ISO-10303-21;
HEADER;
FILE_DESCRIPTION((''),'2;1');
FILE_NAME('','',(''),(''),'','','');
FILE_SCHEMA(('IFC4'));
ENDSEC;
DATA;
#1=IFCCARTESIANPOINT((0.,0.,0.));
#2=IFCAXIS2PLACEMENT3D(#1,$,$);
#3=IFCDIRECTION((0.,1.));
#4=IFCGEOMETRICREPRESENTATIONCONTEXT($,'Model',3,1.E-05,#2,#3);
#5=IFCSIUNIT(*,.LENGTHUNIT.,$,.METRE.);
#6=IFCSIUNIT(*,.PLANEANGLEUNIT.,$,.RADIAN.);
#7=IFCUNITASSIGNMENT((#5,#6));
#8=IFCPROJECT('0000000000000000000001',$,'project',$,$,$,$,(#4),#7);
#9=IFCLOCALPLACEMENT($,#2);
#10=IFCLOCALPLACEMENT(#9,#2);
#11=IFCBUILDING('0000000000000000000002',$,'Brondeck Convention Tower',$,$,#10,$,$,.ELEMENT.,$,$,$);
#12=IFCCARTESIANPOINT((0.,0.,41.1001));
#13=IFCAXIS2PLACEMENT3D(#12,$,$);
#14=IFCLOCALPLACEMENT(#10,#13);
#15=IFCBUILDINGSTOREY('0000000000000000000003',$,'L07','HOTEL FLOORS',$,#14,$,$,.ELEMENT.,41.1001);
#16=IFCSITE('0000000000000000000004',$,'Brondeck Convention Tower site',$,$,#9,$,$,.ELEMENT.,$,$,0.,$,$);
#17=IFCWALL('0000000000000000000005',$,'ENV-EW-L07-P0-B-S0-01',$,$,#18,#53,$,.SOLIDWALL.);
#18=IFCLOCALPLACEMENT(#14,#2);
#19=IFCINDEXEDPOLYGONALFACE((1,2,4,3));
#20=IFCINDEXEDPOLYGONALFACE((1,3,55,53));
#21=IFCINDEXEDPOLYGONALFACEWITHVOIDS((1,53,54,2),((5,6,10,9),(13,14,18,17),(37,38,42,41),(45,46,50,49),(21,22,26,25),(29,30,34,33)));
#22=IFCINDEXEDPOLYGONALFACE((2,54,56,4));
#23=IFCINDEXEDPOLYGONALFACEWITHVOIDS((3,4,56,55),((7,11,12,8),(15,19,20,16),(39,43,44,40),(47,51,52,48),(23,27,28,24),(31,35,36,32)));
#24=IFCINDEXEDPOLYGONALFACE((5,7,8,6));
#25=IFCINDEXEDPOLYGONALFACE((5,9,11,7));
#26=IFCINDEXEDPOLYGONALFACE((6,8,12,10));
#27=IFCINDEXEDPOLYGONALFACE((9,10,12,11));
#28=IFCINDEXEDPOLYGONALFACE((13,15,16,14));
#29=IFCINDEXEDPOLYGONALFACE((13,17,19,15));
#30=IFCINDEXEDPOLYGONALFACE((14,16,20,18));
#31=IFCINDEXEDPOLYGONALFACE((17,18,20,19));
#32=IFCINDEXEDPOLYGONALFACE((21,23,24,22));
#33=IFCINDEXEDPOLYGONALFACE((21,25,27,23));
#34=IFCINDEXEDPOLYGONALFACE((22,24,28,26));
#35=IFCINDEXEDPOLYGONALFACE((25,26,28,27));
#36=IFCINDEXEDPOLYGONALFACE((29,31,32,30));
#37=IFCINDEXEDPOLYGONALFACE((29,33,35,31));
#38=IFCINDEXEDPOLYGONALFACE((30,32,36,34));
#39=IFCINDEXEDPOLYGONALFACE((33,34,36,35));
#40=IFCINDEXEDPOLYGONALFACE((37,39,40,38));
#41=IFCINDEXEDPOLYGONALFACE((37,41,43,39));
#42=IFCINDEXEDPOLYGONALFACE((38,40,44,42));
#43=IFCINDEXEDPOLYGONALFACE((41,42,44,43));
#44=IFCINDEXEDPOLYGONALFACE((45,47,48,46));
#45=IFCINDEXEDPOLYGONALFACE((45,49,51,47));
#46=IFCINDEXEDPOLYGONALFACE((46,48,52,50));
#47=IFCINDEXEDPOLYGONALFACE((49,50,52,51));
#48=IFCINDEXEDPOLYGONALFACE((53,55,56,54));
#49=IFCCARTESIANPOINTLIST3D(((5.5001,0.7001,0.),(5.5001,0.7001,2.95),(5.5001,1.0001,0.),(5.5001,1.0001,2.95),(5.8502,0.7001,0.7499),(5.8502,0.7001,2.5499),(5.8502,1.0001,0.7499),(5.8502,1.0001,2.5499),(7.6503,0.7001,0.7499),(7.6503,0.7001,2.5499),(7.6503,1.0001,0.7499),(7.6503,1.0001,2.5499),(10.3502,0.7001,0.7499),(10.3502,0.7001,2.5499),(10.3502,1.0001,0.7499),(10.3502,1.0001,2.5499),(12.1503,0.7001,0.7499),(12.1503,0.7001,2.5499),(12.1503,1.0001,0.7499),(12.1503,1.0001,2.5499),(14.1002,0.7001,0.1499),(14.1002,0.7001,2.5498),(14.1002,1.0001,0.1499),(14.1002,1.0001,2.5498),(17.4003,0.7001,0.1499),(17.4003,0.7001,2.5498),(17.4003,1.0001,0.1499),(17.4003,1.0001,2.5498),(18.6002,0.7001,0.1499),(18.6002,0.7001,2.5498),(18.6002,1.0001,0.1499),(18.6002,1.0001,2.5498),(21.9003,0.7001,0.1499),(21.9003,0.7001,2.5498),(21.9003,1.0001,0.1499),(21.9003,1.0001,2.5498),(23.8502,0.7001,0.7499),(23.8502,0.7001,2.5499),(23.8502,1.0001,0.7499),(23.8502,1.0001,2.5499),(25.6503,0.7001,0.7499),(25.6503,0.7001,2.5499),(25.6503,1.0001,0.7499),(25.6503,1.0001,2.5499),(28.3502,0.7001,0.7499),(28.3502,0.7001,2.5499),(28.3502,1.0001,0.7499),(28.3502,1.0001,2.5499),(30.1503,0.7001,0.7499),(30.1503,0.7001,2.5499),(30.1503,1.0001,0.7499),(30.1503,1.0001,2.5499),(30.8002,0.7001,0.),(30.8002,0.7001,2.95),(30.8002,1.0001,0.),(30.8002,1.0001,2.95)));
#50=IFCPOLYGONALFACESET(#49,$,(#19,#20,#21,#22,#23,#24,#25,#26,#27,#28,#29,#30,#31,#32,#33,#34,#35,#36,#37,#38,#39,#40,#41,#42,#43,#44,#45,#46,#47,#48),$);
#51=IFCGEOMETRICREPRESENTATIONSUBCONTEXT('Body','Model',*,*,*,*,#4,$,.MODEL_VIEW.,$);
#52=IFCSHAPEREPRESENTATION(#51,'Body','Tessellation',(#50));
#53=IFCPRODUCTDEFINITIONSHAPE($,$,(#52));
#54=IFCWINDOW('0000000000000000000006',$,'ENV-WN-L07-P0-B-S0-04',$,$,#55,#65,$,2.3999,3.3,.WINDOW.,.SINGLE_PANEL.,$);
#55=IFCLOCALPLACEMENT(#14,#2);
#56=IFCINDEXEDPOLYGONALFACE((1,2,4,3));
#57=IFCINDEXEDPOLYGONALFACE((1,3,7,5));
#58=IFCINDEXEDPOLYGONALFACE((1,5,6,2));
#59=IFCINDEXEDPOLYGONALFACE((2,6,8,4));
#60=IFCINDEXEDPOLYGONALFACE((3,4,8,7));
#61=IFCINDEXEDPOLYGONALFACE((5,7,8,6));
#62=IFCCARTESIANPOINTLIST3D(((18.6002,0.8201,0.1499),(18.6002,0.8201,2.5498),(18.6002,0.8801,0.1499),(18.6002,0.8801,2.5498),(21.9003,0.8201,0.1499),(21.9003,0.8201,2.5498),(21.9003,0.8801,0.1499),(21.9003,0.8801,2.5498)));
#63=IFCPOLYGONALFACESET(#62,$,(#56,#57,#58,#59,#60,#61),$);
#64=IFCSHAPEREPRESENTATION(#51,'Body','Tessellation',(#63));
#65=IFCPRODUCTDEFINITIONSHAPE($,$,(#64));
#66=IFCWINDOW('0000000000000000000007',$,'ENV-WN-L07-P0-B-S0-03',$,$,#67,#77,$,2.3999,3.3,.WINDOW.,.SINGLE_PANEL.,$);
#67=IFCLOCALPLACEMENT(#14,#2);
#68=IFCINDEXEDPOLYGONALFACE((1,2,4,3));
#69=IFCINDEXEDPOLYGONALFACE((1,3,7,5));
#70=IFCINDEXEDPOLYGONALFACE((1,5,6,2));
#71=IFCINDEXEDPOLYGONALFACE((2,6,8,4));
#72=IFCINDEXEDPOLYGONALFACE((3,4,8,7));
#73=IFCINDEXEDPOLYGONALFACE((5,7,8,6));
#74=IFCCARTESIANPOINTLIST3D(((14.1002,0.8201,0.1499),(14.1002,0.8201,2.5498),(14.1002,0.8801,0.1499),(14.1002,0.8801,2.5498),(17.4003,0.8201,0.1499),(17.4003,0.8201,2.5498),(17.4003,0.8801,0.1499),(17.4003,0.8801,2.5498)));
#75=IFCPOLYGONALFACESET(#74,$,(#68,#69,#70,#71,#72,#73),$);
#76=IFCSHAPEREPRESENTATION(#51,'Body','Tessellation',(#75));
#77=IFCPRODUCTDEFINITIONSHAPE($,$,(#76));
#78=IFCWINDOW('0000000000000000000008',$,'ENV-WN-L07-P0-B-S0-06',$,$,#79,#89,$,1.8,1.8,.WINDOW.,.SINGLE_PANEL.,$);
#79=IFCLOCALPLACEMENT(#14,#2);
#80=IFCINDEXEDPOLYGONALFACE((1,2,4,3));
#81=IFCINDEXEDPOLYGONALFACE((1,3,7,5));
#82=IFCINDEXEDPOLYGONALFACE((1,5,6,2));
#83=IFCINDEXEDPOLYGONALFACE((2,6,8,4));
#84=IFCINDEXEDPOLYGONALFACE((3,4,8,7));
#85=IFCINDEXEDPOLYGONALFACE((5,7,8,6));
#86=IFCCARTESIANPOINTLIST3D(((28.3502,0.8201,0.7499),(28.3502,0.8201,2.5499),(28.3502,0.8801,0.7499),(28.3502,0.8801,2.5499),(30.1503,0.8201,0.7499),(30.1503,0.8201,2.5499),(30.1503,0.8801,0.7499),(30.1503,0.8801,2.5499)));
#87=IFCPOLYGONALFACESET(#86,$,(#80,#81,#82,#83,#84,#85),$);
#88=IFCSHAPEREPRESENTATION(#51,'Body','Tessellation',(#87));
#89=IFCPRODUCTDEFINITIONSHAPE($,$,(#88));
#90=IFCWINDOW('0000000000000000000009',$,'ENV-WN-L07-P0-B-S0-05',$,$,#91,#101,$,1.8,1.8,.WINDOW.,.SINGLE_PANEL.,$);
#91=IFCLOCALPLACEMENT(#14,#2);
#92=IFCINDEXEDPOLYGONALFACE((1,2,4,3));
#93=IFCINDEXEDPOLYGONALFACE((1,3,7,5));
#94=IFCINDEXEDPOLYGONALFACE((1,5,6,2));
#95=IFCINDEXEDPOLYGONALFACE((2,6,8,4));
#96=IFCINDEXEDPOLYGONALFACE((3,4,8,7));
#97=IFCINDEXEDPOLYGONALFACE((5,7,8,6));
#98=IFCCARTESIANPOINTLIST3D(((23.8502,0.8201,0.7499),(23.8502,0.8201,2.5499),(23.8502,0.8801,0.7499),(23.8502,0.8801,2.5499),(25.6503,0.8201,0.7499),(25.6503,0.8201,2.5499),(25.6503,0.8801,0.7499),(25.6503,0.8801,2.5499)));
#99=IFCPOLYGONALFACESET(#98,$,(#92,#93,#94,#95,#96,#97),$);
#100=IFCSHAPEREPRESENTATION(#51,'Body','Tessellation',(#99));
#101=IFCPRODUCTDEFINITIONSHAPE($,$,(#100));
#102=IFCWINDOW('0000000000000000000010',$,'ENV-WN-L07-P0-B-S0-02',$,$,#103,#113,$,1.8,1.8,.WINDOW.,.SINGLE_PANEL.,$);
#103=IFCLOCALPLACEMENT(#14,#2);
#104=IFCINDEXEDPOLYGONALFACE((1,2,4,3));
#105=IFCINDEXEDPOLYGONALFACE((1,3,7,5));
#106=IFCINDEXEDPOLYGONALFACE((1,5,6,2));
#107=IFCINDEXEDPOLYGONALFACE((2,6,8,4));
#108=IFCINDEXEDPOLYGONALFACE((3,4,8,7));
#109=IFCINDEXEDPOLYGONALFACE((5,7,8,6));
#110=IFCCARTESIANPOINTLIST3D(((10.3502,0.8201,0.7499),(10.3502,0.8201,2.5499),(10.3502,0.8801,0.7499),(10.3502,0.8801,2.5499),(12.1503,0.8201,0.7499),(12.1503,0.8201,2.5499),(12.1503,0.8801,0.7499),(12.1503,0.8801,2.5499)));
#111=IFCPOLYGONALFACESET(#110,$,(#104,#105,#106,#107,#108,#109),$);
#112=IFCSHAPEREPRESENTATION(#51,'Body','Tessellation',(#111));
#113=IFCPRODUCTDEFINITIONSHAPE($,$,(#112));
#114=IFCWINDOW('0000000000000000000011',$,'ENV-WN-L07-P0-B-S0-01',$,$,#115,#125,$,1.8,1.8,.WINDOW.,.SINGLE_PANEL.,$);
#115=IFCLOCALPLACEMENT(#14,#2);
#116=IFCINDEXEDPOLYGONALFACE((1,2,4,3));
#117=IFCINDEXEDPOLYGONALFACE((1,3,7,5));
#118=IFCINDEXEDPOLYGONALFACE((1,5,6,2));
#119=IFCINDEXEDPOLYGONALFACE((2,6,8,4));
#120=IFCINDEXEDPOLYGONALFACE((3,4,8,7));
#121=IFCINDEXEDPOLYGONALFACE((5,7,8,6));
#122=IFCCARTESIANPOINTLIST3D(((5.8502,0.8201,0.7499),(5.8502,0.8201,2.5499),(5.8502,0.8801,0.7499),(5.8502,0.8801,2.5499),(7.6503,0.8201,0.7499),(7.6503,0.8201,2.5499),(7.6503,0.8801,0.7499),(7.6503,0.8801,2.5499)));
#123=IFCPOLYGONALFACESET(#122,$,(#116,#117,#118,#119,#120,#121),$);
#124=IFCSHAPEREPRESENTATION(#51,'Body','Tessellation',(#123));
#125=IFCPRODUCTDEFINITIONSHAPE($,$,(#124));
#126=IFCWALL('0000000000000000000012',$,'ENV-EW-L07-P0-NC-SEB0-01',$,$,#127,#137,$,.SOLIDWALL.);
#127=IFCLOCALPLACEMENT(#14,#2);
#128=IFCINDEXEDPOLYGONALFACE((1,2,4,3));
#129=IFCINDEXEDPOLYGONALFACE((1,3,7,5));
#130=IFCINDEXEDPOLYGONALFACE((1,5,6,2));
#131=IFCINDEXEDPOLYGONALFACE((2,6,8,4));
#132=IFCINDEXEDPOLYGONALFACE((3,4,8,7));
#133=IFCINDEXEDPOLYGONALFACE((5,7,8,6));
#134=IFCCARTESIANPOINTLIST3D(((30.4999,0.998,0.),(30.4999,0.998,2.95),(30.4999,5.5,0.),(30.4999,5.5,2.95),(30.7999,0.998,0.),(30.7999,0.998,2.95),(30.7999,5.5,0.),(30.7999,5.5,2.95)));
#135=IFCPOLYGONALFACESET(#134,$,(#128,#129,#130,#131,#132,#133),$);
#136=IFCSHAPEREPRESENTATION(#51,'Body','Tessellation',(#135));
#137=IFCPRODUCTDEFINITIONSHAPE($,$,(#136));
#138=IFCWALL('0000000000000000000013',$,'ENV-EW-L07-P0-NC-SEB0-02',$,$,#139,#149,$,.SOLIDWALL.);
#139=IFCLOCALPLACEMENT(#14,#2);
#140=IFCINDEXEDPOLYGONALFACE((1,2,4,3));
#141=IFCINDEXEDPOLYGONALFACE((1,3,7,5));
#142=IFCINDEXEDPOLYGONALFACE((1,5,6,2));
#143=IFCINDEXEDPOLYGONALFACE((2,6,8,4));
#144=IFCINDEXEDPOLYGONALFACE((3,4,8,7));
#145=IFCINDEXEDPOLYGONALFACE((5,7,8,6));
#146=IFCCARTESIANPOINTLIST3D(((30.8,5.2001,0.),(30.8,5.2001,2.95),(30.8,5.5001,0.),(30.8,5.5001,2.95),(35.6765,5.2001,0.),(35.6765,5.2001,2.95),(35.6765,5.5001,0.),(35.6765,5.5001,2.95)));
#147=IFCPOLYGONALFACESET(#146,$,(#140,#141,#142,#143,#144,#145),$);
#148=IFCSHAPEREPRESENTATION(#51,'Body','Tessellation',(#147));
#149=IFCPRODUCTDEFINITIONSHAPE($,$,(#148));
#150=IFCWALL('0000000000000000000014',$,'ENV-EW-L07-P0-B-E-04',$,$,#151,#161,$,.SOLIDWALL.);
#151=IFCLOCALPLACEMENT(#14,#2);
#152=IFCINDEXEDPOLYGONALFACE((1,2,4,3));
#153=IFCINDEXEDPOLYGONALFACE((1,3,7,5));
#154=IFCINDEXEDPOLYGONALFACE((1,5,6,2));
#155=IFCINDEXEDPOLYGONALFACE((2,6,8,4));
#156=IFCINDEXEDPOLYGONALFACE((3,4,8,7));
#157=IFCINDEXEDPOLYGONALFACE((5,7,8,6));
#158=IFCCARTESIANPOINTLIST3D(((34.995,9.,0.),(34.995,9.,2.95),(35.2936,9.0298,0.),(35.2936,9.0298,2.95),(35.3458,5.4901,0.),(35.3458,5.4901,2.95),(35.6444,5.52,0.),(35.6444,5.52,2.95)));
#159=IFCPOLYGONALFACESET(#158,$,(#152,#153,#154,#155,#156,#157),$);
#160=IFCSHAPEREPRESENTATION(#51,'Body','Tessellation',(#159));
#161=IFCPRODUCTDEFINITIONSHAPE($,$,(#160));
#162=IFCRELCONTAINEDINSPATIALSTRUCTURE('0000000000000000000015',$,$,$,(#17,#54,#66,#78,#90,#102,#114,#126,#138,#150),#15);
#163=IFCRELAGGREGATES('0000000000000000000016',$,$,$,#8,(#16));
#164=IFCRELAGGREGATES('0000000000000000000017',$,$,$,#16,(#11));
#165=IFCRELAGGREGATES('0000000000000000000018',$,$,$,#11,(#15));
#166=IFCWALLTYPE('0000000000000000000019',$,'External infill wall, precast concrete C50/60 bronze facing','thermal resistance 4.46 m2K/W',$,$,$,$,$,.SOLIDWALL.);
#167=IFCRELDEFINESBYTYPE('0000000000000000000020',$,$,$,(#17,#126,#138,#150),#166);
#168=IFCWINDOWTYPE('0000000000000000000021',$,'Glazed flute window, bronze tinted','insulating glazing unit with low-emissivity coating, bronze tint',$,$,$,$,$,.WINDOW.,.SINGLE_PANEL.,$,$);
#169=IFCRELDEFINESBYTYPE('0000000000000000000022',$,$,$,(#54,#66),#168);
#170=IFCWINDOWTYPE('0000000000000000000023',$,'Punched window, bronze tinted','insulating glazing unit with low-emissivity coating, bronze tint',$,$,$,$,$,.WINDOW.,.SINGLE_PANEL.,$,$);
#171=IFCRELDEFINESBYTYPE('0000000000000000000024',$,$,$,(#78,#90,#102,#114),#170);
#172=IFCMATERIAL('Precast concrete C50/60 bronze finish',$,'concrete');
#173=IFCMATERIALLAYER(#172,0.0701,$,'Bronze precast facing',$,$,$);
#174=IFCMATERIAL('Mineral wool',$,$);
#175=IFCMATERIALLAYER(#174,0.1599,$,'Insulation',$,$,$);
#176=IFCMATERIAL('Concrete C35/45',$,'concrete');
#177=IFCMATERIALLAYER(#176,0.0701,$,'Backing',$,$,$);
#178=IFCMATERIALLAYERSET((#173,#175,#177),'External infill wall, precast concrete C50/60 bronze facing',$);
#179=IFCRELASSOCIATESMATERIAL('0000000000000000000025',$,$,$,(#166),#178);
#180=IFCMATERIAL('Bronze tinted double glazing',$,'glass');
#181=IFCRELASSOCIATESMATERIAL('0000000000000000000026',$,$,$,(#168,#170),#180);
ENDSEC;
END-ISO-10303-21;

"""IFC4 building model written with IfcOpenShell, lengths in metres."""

from ifc_helpers import new_model, si_unit, direction, frame, frame_2d, origin, place, context, subcontext, project, spatial, rectangle, extrude, material, layer, layer_set, type_object, element, fill, save


model = new_model("IFC4")

# Units and contexts
model_context = context("Model", 3, precision=1e-05, world=origin(), true_north=direction((0.0, 1.0)))
body_context = subcontext(model_context, "Body", "Model", "MODEL_VIEW")
ifc_project = project(units=[si_unit("LENGTHUNIT", "METRE"), si_unit("PLANEANGLEUNIT", "RADIAN")], contexts=[model_context])

# Site, building, storey
site_placement = place(None, origin())
site = spatial("IfcSite", under=ifc_project, at=site_placement, Name="Brondeck Convention Tower site", CompositionType="ELEMENT", RefElevation=0.0)
building_placement = place(site_placement, origin())
building = spatial("IfcBuilding", under=site, at=building_placement, Name="Brondeck Convention Tower", CompositionType="ELEMENT")
storey_placement = place(building_placement, frame((0.0, 0.0, 41.1001)))
storey = spatial("IfcBuildingStorey", under=building, at=storey_placement, Name="L07", Description="HOTEL FLOORS", CompositionType="ELEMENT", Elevation=41.1001)

# Wall, openings, windows
ifc_material_1 = material(Name="Precast concrete C50/60 bronze finish", Category="concrete")
ifc_layer_1 = layer(ifc_material_1, 0.0701, Name="Bronze precast facing")
ifc_material_2 = material(Name="Mineral wool")
ifc_layer_2 = layer(ifc_material_2, 0.1599, Name="Insulation")
ifc_material_3 = material(Name="Concrete C35/45", Category="concrete")
ifc_layer_3 = layer(ifc_material_3, 0.0701, Name="Backing")
ifc_layer_set_1 = layer_set([ifc_layer_1, ifc_layer_2, ifc_layer_3], Name="External infill wall, precast concrete C50/60 bronze facing")
wall_type_1 = type_object("IfcWallType", Name="External infill wall, precast concrete C50/60 bronze facing", Description="thermal resistance 4.46 m2K/W", PredefinedType="SOLIDWALL", material=ifc_layer_set_1)
wall_1_placement = place(storey_placement, frame((30.8, 0.8501, 0.0), z_axis=(0.0, 0.0, 1.0), x_axis=(-1.0, 0.0, 0.0)))
wall_1 = element("IfcWall", 1, at=wall_1_placement, inside=storey, type_object=wall_type_1, Name="ENV-EW-L07-P0-B-S0-01", PredefinedType="SOLIDWALL", context=body_context, shape_type="SweptSolid", body=[
    extrude(rectangle(XDim=25.3, YDim=0.3, at=frame_2d((12.6499, 0.0))), origin(), (0.0, 0.0, 1.0), 2.95),
])
opening_1_placement = place(wall_1_placement, frame((0.6499, 0.0, 0.75)))
opening_1 = element("IfcOpeningElement", 2, at=opening_1_placement, cuts=wall_1, PredefinedType="OPENING", context=body_context, shape_type="SweptSolid", body=[
    extrude(rectangle(XDim=1.8, YDim=1.8, at=frame_2d((0.8999, 0.8999))), frame((0.0, 0.1599, 0.0), z_axis=(0.0, -1.0, 0.0), x_axis=(1.0, 0.0, 0.0)), (0.0, 0.0, 1.0), 0.3201),
])
opening_2_placement = place(wall_1_placement, frame((5.1499, 0.0, 0.75)))
opening_2 = element("IfcOpeningElement", 3, at=opening_2_placement, cuts=wall_1, PredefinedType="OPENING", context=body_context, shape_type="SweptSolid", body=[
    extrude(rectangle(XDim=1.8, YDim=1.8, at=frame_2d((0.8999, 0.8999))), frame((0.0, 0.1599, 0.0), z_axis=(0.0, -1.0, 0.0), x_axis=(1.0, 0.0, 0.0)), (0.0, 0.0, 1.0), 0.3201),
])
opening_3_placement = place(wall_1_placement, frame((8.8999, 0.0, 0.1499)))
opening_3 = element("IfcOpeningElement", 4, at=opening_3_placement, cuts=wall_1, PredefinedType="OPENING", context=body_context, shape_type="SweptSolid", body=[
    extrude(rectangle(XDim=3.3, YDim=2.3999, at=frame_2d((1.6499, 1.2))), frame((0.0, 0.1599, 0.0), z_axis=(0.0, -1.0, 0.0), x_axis=(1.0, 0.0, 0.0)), (0.0, 0.0, 1.0), 0.3201),
])
opening_4_placement = place(wall_1_placement, frame((13.3999, 0.0, 0.1499)))
opening_4 = element("IfcOpeningElement", 5, at=opening_4_placement, cuts=wall_1, PredefinedType="OPENING", context=body_context, shape_type="SweptSolid", body=[
    extrude(rectangle(XDim=3.3, YDim=2.3999, at=frame_2d((1.6499, 1.2))), frame((0.0, 0.1599, 0.0), z_axis=(0.0, -1.0, 0.0), x_axis=(1.0, 0.0, 0.0)), (0.0, 0.0, 1.0), 0.3201),
])
opening_5_placement = place(wall_1_placement, frame((18.6499, 0.0, 0.75)))
opening_5 = element("IfcOpeningElement", 6, at=opening_5_placement, cuts=wall_1, PredefinedType="OPENING", context=body_context, shape_type="SweptSolid", body=[
    extrude(rectangle(XDim=1.8, YDim=1.8, at=frame_2d((0.8999, 0.8999))), frame((0.0, 0.1599, 0.0), z_axis=(0.0, -1.0, 0.0), x_axis=(1.0, 0.0, 0.0)), (0.0, 0.0, 1.0), 0.3201),
])
opening_6_placement = place(wall_1_placement, frame((23.1499, 0.0, 0.75)))
opening_6 = element("IfcOpeningElement", 7, at=opening_6_placement, cuts=wall_1, PredefinedType="OPENING", context=body_context, shape_type="SweptSolid", body=[
    extrude(rectangle(XDim=1.8, YDim=1.8, at=frame_2d((0.8999, 0.8999))), frame((0.0, 0.1599, 0.0), z_axis=(0.0, -1.0, 0.0), x_axis=(1.0, 0.0, 0.0)), (0.0, 0.0, 1.0), 0.3201),
])
ifc_material_4 = material(Name="Bronze tinted double glazing", Category="glass")
window_type_1 = type_object("IfcWindowType", Name="Glazed flute window, bronze tinted", Description="insulating glazing unit with low-emissivity coating, bronze tint", PartitioningType="SINGLE_PANEL", PredefinedType="WINDOW", material=ifc_material_4)
window_1_placement = place(opening_3_placement, origin())
window_1 = element("IfcWindow", 8, at=window_1_placement, inside=storey, type_object=window_type_1, Name="ENV-WN-L07-P0-B-S0-04", OverallHeight=2.3999, OverallWidth=3.3, PartitioningType="SINGLE_PANEL", PredefinedType="WINDOW", context=body_context, shape_type="SweptSolid", body=[
    extrude(rectangle(XDim=3.3, YDim=2.3999, at=frame_2d((1.6499, 1.2))), frame((0.0, 0.03, 0.0), z_axis=(0.0, -1.0, 0.0), x_axis=(1.0, 0.0, 0.0)), (0.0, 0.0, 1.0), 0.0601),
])
fill(opening_3, window_1)
window_2_placement = place(opening_4_placement, origin())
window_2 = element("IfcWindow", 9, at=window_2_placement, inside=storey, type_object=window_type_1, Name="ENV-WN-L07-P0-B-S0-03", OverallHeight=2.3999, OverallWidth=3.3, PartitioningType="SINGLE_PANEL", PredefinedType="WINDOW", context=body_context, shape_type="SweptSolid", body=[
    extrude(rectangle(XDim=3.3, YDim=2.3999, at=frame_2d((1.6499, 1.2))), frame((0.0, 0.03, 0.0), z_axis=(0.0, -1.0, 0.0), x_axis=(1.0, 0.0, 0.0)), (0.0, 0.0, 1.0), 0.0601),
])
fill(opening_4, window_2)
window_type_2 = type_object("IfcWindowType", Name="Punched window, bronze tinted", Description="insulating glazing unit with low-emissivity coating, bronze tint", PartitioningType="SINGLE_PANEL", PredefinedType="WINDOW", material=ifc_material_4)
window_3_placement = place(opening_1_placement, origin())
window_3 = element("IfcWindow", 10, at=window_3_placement, inside=storey, type_object=window_type_2, Name="ENV-WN-L07-P0-B-S0-06", OverallHeight=1.8, OverallWidth=1.8, PartitioningType="SINGLE_PANEL", PredefinedType="WINDOW", context=body_context, shape_type="SweptSolid", body=[
    extrude(rectangle(XDim=1.8, YDim=1.8, at=frame_2d((0.8999, 0.8999))), frame((0.0, 0.03, 0.0), z_axis=(0.0, -1.0, 0.0), x_axis=(1.0, 0.0, 0.0)), (0.0, 0.0, 1.0), 0.0601),
])
fill(opening_1, window_3)
window_4_placement = place(opening_2_placement, origin())
window_4 = element("IfcWindow", 11, at=window_4_placement, inside=storey, type_object=window_type_2, Name="ENV-WN-L07-P0-B-S0-05", OverallHeight=1.8, OverallWidth=1.8, PartitioningType="SINGLE_PANEL", PredefinedType="WINDOW", context=body_context, shape_type="SweptSolid", body=[
    extrude(rectangle(XDim=1.8, YDim=1.8, at=frame_2d((0.8999, 0.8999))), frame((0.0, 0.03, 0.0), z_axis=(0.0, -1.0, 0.0), x_axis=(1.0, 0.0, 0.0)), (0.0, 0.0, 1.0), 0.0601),
])
fill(opening_2, window_4)
window_5_placement = place(opening_5_placement, origin())
window_5 = element("IfcWindow", 12, at=window_5_placement, inside=storey, type_object=window_type_2, Name="ENV-WN-L07-P0-B-S0-02", OverallHeight=1.8, OverallWidth=1.8, PartitioningType="SINGLE_PANEL", PredefinedType="WINDOW", context=body_context, shape_type="SweptSolid", body=[
    extrude(rectangle(XDim=1.8, YDim=1.8, at=frame_2d((0.8999, 0.8999))), frame((0.0, 0.03, 0.0), z_axis=(0.0, -1.0, 0.0), x_axis=(1.0, 0.0, 0.0)), (0.0, 0.0, 1.0), 0.0601),
])
fill(opening_5, window_5)
window_6_placement = place(opening_6_placement, origin())
window_6 = element("IfcWindow", 13, at=window_6_placement, inside=storey, type_object=window_type_2, Name="ENV-WN-L07-P0-B-S0-01", OverallHeight=1.8, OverallWidth=1.8, PartitioningType="SINGLE_PANEL", PredefinedType="WINDOW", context=body_context, shape_type="SweptSolid", body=[
    extrude(rectangle(XDim=1.8, YDim=1.8, at=frame_2d((0.8999, 0.8999))), frame((0.0, 0.03, 0.0), z_axis=(0.0, -1.0, 0.0), x_axis=(1.0, 0.0, 0.0)), (0.0, 0.0, 1.0), 0.0601),
])
fill(opening_6, window_6)

# Walls
wall_2_placement = place(storey_placement, frame((30.6499, 5.5, 0.0), z_axis=(0.0, 0.0, 1.0), x_axis=(0.0, -1.0, 0.0)))
element("IfcWall", 14, at=wall_2_placement, inside=storey, type_object=wall_type_1, Name="ENV-EW-L07-P0-NC-SEB0-01", PredefinedType="SOLIDWALL", context=body_context, shape_type="SweptSolid", body=[
    extrude(rectangle(XDim=4.502, YDim=0.3, at=frame_2d((2.251, 0.0))), origin(), (0.0, 0.0, 1.0), 2.95),
])
wall_3_placement = place(storey_placement, frame((35.6765, 5.3501, 0.0), z_axis=(0.0, 0.0, 1.0), x_axis=(-1.0, 0.0, 0.0)))
element("IfcWall", 15, at=wall_3_placement, inside=storey, type_object=wall_type_1, Name="ENV-EW-L07-P0-NC-SEB0-02", PredefinedType="SOLIDWALL", context=body_context, shape_type="SweptSolid", body=[
    extrude(rectangle(XDim=4.8765, YDim=0.3, at=frame_2d((2.4382, 0.0))), origin(), (0.0, 0.0, 1.0), 2.95),
])
wall_4_placement = place(storey_placement, frame((35.1443, 9.0149, 0.0), z_axis=(0.0, 0.0, 1.0), x_axis=(0.099463, -0.995041, 0.0)))
element("IfcWall", 16, at=wall_4_placement, inside=storey, type_object=wall_type_1, Name="ENV-EW-L07-P0-B-E-04", PredefinedType="SOLIDWALL", context=body_context, shape_type="SweptSolid", body=[
    extrude(rectangle(XDim=3.5273, YDim=0.3, at=frame_2d((1.7637, 0.0))), origin(), (0.0, 0.0, 1.0), 2.95),
])

save(model, "model.ifc")
